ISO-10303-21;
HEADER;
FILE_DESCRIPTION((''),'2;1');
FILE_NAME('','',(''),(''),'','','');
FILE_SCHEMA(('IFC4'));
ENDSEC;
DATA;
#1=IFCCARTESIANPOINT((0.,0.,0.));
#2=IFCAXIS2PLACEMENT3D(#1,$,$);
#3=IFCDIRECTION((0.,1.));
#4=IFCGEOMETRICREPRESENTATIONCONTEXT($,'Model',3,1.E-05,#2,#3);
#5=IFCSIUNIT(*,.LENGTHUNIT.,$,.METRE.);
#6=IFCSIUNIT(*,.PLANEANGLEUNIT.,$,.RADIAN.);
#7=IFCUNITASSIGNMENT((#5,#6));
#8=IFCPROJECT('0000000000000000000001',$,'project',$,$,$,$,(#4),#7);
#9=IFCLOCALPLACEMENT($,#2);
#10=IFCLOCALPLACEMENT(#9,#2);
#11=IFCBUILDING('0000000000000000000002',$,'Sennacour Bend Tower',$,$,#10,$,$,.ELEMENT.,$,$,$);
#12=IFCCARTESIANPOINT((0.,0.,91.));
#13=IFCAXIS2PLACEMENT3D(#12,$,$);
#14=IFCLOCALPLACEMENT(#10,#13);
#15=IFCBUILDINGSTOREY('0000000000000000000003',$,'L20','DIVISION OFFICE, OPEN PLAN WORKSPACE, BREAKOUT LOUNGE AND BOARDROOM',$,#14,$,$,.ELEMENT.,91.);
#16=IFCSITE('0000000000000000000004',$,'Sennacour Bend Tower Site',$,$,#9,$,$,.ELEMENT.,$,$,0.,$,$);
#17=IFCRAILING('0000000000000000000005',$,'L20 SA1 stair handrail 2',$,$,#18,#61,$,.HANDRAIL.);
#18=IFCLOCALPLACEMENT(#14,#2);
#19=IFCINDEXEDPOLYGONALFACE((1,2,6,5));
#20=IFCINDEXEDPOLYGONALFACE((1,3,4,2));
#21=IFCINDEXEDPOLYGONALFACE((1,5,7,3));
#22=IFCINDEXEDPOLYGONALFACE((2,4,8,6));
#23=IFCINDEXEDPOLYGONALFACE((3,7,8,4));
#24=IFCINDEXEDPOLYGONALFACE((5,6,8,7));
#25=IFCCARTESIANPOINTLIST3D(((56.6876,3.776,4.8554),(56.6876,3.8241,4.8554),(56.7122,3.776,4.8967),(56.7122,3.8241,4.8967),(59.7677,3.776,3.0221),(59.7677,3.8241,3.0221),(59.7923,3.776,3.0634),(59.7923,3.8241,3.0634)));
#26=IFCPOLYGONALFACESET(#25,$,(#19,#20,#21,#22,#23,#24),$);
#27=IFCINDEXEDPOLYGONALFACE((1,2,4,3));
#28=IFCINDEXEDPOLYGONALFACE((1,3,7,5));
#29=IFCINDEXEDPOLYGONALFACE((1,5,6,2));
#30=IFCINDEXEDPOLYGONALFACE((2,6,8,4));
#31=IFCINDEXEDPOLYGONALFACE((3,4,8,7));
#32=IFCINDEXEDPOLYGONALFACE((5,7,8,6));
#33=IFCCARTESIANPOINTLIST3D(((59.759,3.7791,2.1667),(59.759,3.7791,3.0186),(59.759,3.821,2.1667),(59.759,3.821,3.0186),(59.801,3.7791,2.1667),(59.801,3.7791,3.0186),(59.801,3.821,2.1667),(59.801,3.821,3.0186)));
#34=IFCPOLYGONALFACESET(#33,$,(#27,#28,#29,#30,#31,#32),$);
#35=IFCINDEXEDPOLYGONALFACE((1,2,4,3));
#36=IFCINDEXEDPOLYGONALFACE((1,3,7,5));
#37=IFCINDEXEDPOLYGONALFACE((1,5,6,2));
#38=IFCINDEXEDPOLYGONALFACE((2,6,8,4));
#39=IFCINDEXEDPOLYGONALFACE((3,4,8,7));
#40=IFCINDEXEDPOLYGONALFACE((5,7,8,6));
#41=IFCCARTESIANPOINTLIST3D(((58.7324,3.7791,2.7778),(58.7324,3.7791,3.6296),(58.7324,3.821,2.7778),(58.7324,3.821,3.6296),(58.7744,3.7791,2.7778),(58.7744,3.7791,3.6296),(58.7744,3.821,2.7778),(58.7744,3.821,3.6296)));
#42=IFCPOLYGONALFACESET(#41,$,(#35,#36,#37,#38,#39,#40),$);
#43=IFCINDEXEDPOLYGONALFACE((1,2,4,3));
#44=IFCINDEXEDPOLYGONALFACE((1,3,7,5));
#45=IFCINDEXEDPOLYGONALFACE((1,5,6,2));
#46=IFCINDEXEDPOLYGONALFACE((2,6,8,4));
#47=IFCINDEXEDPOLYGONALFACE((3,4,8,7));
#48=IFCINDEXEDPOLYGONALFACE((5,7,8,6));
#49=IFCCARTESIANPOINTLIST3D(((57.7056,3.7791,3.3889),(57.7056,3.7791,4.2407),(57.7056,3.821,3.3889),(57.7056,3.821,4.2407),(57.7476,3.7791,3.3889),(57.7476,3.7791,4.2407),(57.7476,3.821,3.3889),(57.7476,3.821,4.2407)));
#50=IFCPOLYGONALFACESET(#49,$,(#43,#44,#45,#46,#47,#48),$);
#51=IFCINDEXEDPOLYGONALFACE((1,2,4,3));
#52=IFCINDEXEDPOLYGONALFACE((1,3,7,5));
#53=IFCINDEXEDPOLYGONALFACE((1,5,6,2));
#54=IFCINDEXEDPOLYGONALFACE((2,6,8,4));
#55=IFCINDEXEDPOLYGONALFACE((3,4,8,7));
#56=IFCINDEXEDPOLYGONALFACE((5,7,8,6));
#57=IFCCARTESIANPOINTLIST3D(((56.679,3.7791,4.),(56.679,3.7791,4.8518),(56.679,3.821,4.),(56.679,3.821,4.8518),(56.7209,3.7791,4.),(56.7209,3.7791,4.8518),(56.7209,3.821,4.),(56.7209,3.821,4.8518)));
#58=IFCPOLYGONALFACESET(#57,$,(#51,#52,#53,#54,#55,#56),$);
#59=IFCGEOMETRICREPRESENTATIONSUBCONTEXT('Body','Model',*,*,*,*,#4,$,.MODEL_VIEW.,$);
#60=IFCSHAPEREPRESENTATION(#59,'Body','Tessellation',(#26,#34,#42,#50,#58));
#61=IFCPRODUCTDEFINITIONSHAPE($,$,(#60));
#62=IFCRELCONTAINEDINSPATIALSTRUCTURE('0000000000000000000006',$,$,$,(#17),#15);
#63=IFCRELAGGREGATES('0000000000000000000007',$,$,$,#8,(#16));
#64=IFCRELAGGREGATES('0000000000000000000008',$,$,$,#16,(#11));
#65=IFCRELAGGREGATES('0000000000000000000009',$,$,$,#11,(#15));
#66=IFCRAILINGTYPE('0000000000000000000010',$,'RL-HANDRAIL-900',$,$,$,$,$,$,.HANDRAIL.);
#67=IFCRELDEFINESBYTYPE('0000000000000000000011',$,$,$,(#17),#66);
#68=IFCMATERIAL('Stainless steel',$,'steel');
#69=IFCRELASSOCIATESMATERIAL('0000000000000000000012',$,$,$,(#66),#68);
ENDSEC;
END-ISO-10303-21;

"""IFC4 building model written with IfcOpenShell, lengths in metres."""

from ifc_helpers import new_model, si_unit, direction, frame, origin, origin_2d, place, context, subcontext, project, spatial, rectangle, extrude, material, type_object, element, save


model = new_model("IFC4")

# Units and contexts
model_context = context("Model", 3, precision=1e-05, world=origin(), true_north=direction((0.0, 1.0)))
body_context = subcontext(model_context, "Body", "Model", "MODEL_VIEW")
ifc_project = project(units=[si_unit("LENGTHUNIT", "METRE"), si_unit("PLANEANGLEUNIT", "RADIAN")], contexts=[model_context])

# Site, building, storey
site_placement = place(None, origin())
site = spatial("IfcSite", under=ifc_project, at=site_placement, Name="Sennacour Bend Tower Site", CompositionType="ELEMENT", RefElevation=0.0)
building_placement = place(site_placement, origin())
building = spatial("IfcBuilding", under=site, at=building_placement, Name="Sennacour Bend Tower", CompositionType="ELEMENT")
storey_placement = place(building_placement, frame((0.0, 0.0, 91.0)))
storey = spatial("IfcBuildingStorey", under=building, at=storey_placement, Name="L20", Description="DIVISION OFFICE, OPEN PLAN WORKSPACE, BREAKOUT LOUNGE AND BOARDROOM", CompositionType="ELEMENT", Elevation=91.0)

# Shared definitions
ifc_material_1 = material(Name="Stainless steel", Category="steel")

# Railing
railing_type_1 = type_object("IfcRailingType", Name="RL-HANDRAIL-900", PredefinedType="HANDRAIL", material=ifc_material_1)
railing_1_placement = place(storey_placement, frame((59.78, 3.8, 2.1667)))
element("IfcRailing", 1, at=railing_1_placement, inside=storey, type_object=railing_type_1, Name="L20 SA1 stair handrail 2", PredefinedType="HANDRAIL", context=body_context, shape_type="SweptSolid", body=[
    extrude(rectangle(XDim=0.0481, YDim=0.0481, at=origin_2d()), frame((0.0, 0.0, 0.876), z_axis=(-0.859309, 0.0, 0.511458), x_axis=(0.0, -1.0, 0.0)), (0.0, 0.0, 1.0), 3.5845),
    extrude(rectangle(XDim=0.042, YDim=0.042, at=origin_2d()), origin(), (0.0, 0.0, 1.0), 0.8518),
    extrude(rectangle(XDim=0.042, YDim=0.042, at=origin_2d()), frame((-1.0266, 0.0, 0.6111)), (0.0, 0.0, 1.0), 0.8518),
    extrude(rectangle(XDim=0.042, YDim=0.042, at=origin_2d()), frame((-2.0535, 0.0, 1.2222)), (0.0, 0.0, 1.0), 0.8518),
    extrude(rectangle(XDim=0.042, YDim=0.042, at=origin_2d()), frame((-3.0801, 0.0, 1.8333)), (0.0, 0.0, 1.0), 0.8518),
])

save(model, "model.ifc")
